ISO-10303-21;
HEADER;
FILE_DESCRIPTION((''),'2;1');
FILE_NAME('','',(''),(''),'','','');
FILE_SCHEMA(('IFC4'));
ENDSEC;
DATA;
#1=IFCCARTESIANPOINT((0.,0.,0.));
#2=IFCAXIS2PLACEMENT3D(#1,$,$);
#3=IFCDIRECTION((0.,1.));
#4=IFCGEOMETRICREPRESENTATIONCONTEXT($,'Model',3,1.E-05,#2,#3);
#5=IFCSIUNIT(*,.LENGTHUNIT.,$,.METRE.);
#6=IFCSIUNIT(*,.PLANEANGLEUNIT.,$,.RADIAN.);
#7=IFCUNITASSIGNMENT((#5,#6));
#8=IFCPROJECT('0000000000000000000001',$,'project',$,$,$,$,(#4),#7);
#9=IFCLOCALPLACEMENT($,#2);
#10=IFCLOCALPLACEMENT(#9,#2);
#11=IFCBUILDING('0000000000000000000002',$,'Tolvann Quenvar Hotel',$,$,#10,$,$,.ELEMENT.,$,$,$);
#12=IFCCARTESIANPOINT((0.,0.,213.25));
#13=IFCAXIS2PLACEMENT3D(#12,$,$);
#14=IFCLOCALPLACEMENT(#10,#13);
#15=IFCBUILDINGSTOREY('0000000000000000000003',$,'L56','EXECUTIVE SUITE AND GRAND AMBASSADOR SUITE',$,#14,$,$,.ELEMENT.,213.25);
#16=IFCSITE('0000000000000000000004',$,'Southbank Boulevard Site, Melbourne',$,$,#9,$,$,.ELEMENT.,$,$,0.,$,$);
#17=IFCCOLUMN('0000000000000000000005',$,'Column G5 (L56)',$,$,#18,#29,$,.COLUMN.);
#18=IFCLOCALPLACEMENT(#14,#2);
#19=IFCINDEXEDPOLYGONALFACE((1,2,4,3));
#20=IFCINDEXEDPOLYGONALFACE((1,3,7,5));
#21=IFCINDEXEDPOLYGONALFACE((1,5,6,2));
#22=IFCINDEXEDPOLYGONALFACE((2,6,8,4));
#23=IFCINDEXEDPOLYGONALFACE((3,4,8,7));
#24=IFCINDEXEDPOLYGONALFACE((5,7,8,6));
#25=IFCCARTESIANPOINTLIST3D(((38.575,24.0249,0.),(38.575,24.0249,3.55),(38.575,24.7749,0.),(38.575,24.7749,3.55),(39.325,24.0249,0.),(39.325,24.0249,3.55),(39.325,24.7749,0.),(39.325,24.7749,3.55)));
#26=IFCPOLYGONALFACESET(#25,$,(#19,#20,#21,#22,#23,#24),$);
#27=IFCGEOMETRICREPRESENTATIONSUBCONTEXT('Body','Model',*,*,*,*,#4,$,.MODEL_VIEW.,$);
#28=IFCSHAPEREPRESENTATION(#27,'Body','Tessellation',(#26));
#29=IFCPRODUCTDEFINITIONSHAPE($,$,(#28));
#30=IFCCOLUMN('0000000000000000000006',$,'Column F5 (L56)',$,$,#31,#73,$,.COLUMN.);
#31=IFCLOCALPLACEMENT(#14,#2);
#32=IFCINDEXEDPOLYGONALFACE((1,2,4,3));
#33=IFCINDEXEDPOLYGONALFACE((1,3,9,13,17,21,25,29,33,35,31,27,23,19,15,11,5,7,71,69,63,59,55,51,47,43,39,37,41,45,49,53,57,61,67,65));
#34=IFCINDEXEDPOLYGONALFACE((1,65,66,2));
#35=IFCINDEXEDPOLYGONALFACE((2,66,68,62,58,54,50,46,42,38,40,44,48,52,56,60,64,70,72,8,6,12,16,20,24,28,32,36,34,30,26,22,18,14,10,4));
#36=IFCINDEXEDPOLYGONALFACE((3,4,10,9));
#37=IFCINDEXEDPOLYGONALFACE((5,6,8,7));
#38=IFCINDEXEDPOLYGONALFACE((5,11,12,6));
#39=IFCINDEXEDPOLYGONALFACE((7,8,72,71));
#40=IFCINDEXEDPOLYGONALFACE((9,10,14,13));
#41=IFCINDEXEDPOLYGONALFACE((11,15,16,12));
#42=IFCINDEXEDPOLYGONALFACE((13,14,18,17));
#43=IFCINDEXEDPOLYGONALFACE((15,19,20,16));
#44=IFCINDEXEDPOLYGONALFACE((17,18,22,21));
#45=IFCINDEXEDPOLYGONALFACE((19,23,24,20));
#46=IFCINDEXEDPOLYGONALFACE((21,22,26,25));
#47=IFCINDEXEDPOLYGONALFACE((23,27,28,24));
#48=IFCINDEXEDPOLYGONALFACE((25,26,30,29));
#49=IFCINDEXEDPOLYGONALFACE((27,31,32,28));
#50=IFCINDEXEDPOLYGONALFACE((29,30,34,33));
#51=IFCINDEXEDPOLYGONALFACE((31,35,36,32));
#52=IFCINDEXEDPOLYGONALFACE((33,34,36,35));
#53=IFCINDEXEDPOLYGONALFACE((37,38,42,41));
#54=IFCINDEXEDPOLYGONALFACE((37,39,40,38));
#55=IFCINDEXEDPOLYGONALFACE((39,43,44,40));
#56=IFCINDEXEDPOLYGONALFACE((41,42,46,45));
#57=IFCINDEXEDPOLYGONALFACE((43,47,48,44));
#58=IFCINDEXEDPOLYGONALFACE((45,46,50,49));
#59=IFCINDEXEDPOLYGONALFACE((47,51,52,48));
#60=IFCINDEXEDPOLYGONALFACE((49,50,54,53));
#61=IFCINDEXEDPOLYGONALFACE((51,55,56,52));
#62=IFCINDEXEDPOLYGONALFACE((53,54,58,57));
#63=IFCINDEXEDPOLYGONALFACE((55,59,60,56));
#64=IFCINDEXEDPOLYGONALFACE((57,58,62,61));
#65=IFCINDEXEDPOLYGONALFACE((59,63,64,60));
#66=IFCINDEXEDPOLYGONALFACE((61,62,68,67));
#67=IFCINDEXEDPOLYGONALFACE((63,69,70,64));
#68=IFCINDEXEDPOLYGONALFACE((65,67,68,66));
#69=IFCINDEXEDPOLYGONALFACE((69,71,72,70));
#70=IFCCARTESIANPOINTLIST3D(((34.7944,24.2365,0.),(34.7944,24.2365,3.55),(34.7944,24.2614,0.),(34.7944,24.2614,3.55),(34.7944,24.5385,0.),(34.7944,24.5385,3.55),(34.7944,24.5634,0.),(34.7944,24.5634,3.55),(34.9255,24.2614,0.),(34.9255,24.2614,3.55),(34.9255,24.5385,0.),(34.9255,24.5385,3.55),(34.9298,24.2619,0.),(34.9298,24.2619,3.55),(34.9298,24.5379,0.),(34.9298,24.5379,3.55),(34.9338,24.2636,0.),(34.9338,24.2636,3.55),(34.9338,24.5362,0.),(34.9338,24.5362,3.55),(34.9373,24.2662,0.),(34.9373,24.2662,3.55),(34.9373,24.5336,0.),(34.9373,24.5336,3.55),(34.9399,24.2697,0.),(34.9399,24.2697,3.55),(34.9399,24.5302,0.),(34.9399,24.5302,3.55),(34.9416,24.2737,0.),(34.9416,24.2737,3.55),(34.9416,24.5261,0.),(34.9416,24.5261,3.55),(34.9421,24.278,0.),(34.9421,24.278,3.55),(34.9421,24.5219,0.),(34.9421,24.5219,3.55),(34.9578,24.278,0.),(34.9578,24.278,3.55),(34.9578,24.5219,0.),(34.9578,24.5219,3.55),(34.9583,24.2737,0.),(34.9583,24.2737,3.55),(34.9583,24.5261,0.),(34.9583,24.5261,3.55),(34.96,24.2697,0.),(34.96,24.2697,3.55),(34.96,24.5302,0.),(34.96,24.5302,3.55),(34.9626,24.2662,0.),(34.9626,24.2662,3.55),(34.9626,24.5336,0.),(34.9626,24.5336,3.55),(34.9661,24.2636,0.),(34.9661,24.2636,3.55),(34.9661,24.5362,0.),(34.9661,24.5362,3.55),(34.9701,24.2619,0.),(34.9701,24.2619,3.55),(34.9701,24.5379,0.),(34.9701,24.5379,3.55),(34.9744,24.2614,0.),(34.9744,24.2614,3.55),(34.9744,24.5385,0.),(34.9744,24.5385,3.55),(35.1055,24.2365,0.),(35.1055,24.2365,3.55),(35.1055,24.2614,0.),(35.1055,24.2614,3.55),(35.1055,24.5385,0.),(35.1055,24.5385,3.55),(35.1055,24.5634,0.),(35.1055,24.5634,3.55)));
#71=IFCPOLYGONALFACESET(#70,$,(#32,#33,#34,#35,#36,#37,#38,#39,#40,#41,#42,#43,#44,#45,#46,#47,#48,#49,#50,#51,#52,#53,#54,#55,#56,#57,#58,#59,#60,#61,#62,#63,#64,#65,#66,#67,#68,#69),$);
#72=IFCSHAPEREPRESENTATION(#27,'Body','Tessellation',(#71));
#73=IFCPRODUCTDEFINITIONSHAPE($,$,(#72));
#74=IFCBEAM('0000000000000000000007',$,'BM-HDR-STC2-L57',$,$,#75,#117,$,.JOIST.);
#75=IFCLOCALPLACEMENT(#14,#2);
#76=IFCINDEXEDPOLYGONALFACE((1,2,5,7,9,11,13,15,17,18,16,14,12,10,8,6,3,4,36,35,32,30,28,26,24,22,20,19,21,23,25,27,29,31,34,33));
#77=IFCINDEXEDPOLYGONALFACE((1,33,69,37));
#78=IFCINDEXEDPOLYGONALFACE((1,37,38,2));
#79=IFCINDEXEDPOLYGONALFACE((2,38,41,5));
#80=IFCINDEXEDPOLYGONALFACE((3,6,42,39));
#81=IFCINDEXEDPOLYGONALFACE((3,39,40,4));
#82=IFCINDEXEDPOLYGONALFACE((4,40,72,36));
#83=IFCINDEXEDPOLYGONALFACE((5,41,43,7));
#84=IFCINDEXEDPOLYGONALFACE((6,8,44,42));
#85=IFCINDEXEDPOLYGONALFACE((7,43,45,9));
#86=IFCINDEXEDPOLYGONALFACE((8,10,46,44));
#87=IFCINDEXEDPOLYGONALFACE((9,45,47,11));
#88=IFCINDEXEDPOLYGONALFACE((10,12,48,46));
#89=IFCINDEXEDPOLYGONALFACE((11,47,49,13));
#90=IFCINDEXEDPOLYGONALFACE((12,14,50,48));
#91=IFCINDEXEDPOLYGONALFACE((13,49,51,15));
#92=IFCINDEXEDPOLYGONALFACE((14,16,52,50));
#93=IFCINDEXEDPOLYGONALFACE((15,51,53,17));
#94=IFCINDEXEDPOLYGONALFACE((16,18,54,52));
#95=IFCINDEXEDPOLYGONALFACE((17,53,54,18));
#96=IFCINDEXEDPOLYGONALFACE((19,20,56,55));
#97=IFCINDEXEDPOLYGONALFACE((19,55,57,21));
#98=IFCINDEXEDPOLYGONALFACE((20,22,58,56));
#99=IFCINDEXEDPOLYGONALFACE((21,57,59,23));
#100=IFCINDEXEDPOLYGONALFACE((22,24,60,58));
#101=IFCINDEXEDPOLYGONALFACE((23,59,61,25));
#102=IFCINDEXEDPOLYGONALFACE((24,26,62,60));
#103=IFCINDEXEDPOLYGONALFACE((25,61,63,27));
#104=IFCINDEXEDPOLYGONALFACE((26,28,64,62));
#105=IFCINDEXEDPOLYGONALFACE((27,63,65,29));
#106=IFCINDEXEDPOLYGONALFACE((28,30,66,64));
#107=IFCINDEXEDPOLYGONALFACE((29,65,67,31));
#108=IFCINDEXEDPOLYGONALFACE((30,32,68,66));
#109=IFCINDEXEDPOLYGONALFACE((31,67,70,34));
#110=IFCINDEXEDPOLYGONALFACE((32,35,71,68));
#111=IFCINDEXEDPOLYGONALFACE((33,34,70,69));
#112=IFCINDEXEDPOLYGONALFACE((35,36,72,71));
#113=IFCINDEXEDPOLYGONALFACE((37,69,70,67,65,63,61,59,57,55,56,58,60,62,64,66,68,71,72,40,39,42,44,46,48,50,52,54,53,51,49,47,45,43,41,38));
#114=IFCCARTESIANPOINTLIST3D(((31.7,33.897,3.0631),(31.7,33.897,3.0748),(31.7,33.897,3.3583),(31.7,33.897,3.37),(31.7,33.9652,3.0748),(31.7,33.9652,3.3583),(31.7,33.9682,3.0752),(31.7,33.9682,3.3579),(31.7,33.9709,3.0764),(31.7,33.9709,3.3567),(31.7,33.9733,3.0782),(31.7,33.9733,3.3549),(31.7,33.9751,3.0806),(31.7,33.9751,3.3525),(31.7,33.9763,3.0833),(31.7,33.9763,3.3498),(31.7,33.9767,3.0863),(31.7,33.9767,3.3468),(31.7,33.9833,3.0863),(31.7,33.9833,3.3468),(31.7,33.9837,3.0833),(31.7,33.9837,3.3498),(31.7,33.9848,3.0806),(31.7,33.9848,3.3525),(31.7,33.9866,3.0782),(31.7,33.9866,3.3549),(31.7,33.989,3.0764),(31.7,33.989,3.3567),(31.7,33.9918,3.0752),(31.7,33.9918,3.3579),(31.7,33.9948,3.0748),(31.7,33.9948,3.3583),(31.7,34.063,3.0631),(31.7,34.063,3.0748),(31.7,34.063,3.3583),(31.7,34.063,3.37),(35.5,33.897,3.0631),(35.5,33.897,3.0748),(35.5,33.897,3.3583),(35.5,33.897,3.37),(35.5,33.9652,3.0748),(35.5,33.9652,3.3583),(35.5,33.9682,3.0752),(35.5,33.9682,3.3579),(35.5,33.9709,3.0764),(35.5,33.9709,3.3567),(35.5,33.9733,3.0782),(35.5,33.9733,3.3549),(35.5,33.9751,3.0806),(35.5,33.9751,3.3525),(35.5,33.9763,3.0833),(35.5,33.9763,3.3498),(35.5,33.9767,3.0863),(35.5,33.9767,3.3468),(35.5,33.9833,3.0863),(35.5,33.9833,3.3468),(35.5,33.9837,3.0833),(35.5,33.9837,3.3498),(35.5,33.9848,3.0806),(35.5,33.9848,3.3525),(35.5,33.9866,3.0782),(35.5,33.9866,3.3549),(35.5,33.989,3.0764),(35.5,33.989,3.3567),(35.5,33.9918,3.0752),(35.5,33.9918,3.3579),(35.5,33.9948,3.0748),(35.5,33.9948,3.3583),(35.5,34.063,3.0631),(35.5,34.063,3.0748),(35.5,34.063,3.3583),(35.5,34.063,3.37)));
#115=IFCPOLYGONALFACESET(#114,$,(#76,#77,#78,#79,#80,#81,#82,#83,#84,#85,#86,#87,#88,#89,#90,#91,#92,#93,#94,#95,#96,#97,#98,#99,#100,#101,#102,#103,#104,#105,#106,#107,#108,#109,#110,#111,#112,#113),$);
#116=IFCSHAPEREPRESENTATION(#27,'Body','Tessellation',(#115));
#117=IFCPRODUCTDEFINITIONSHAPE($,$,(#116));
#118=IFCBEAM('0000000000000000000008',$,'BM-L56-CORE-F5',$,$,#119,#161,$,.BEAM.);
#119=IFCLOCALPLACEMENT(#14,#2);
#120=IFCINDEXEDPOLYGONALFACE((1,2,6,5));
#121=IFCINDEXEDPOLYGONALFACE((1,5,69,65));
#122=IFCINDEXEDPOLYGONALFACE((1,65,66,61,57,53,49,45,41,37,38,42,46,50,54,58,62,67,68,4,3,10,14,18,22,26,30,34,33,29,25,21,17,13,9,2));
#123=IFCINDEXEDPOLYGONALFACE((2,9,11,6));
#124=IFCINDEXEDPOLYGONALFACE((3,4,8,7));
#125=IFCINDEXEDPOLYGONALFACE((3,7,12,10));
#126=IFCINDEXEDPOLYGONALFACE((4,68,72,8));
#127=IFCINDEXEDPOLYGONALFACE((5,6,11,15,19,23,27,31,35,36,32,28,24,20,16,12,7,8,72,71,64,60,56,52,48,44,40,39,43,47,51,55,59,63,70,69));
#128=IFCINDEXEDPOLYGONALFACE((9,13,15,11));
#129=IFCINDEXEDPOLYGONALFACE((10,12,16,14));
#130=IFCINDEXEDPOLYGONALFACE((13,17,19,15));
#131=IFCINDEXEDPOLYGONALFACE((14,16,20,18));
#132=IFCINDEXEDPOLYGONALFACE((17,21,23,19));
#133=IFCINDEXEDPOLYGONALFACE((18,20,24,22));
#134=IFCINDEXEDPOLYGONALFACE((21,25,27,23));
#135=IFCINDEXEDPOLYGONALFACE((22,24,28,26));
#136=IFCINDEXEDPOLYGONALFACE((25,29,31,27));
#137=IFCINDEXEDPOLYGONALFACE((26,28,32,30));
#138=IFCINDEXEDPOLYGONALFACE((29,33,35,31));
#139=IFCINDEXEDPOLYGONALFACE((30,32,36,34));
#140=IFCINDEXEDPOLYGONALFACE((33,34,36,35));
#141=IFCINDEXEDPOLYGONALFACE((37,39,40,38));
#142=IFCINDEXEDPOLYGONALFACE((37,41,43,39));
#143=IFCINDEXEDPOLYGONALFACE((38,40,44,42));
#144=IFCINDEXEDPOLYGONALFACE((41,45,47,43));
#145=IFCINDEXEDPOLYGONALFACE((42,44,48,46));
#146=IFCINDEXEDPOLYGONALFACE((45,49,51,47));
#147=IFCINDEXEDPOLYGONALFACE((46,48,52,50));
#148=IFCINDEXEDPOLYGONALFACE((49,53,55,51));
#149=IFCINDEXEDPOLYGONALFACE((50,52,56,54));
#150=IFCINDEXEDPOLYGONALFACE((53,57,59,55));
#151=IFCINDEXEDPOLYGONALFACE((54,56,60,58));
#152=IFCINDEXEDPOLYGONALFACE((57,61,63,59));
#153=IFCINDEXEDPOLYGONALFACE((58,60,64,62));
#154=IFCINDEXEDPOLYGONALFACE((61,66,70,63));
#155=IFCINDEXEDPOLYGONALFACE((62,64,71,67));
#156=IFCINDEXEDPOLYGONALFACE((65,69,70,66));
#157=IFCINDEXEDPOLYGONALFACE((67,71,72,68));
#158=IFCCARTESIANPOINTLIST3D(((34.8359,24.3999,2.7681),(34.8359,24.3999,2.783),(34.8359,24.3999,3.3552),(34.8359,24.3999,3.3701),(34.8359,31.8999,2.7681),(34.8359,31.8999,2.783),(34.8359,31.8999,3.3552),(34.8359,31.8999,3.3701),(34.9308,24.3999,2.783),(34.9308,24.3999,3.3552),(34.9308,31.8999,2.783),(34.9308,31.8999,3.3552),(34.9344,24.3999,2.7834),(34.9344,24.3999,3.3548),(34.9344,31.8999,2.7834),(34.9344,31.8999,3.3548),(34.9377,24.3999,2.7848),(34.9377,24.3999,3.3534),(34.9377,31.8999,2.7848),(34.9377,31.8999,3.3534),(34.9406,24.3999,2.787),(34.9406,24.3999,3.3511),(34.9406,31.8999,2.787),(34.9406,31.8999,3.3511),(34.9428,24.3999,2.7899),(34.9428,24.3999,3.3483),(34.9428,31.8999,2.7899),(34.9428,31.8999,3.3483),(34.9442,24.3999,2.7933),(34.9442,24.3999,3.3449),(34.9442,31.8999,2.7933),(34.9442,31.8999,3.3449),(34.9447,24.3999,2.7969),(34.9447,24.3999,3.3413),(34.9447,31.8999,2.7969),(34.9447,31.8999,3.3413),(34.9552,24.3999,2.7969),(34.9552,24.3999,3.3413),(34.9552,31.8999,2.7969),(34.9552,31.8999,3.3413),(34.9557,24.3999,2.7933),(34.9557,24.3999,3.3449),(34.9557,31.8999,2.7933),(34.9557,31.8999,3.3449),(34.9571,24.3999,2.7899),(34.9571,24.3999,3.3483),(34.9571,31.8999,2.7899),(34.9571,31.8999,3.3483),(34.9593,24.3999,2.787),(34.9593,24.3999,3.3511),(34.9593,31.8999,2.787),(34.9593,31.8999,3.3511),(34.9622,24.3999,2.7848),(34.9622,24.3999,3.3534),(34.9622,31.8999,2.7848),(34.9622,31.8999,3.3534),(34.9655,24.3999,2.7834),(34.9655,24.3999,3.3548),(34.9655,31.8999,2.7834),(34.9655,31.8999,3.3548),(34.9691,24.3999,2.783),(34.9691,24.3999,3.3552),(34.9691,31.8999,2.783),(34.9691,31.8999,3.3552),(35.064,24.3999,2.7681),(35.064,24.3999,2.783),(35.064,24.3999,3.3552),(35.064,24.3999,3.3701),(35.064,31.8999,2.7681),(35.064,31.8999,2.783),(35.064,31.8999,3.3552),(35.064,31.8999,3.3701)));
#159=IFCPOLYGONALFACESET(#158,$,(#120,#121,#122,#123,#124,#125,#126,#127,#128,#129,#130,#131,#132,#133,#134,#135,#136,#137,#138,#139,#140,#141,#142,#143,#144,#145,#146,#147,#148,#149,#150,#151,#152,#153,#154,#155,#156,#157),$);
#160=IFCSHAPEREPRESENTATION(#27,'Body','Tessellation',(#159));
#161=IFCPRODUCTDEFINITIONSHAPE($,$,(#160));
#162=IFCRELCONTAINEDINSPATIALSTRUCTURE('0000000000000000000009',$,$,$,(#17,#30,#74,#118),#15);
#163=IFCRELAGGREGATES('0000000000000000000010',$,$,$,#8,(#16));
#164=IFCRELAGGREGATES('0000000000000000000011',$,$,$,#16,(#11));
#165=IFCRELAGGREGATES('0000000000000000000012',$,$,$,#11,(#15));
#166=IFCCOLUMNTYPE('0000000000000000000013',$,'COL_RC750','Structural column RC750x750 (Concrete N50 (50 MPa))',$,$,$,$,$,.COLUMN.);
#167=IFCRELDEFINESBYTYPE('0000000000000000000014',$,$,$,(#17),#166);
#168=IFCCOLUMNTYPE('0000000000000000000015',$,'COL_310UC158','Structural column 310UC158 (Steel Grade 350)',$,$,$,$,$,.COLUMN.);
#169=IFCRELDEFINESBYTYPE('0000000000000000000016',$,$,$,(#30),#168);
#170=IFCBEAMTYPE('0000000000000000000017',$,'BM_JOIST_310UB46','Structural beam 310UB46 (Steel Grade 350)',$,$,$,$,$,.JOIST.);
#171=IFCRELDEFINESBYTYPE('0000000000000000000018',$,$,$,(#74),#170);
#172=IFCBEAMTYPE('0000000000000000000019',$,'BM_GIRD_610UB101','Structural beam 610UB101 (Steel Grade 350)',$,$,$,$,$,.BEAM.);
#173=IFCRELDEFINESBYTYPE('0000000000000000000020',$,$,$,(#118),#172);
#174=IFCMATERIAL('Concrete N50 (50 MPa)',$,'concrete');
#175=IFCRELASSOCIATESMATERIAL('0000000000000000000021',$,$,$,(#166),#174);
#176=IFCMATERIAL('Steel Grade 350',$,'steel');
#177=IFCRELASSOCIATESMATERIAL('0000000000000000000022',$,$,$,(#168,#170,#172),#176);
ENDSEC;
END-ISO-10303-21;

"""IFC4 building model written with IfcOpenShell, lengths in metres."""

from ifc_helpers import new_model, si_unit, direction, frame, origin, origin_2d, place, context, subcontext, project, spatial, rectangle, i_section, extrude, source, transform, mapped, material, material_profile, profile_set, type_object, type_shapes, element, save


model = new_model("IFC4")

# Units and contexts
model_context = context("Model", 3, precision=1e-05, world=origin(), true_north=direction((0.0, 1.0)))
body_context = subcontext(model_context, "Body", "Model", "MODEL_VIEW")
ifc_project = project(units=[si_unit("LENGTHUNIT", "METRE"), si_unit("PLANEANGLEUNIT", "RADIAN")], contexts=[model_context])

# Site, building, storey
site_placement = place(None, origin())
site = spatial("IfcSite", under=ifc_project, at=site_placement, Name="Southbank Boulevard Site, Melbourne", CompositionType="ELEMENT", RefElevation=0.0)
building_placement = place(site_placement, origin())
building = spatial("IfcBuilding", under=site, at=building_placement, Name="Tolvann Quenvar Hotel", CompositionType="ELEMENT")
storey_placement = place(building_placement, frame((0.0, 0.0, 213.25)))
storey = spatial("IfcBuildingStorey", under=building, at=storey_placement, Name="L56", Description="EXECUTIVE SUITE AND GRAND AMBASSADOR SUITE", CompositionType="ELEMENT", Elevation=213.25)

# Columns
ifc_material_1 = material(Name="Concrete N50 (50 MPa)", Category="concrete")
ifc_material_profile_1 = material_profile(ifc_material_1, rectangle(XDim=0.75, YDim=0.75, at=origin_2d()), Name="RC750x750")
ifc_profile_set_1 = profile_set([ifc_material_profile_1], Name="Concrete N50 (50 MPa)")
column_type_1 = type_object("IfcColumnType", Name="COL_RC750", Description="Structural column RC750x750 (Concrete N50 (50 MPa))", PredefinedType="COLUMN", material=ifc_profile_set_1)
shared_shape_1 = source(origin(), body_context, "Body", "SweptSolid", [
    extrude(rectangle(XDim=0.75, YDim=0.75, at=origin_2d()), origin(), (0.0, 0.0, 1.0), 3.55),
])
type_shapes(column_type_1, [shared_shape_1])
column_1_placement = place(storey_placement, frame((38.95, 24.3999, 0.0), z_axis=(0.0, 0.0, 1.0), x_axis=(1.0, 0.0, 0.0)))
element("IfcColumn", 1, at=column_1_placement, inside=storey, type_object=column_type_1, Name="Column G5 (L56)", PredefinedType="COLUMN", context=body_context, shape_type="MappedRepresentation", body=[
    mapped(shared_shape_1, transform((0.0, 0.0, 0.0), x_axis=(1.0, 0.0, 0.0), y_axis=(0.0, 1.0, 0.0), z_axis=(0.0, 0.0, 1.0), scale=1.0)),
])
ifc_material_2 = material(Name="Steel Grade 350", Category="steel")
ifc_material_profile_2 = material_profile(ifc_material_2, i_section(OverallWidth=0.311, OverallDepth=0.3269, WebThickness=0.0156, FlangeThickness=0.0249, FilletRadius=0.0166, at=origin_2d()), Name="310UC158")
ifc_profile_set_2 = profile_set([ifc_material_profile_2], Name="Steel Grade 350")
column_type_2 = type_object("IfcColumnType", Name="COL_310UC158", Description="Structural column 310UC158 (Steel Grade 350)", PredefinedType="COLUMN", material=ifc_profile_set_2)
shared_shape_2 = source(origin(), body_context, "Body", "SweptSolid", [
    extrude(i_section(OverallWidth=0.311, OverallDepth=0.3269, WebThickness=0.0156, FlangeThickness=0.0249, FilletRadius=0.0166, at=origin_2d()), origin(), (0.0, 0.0, 1.0), 3.55),
])
type_shapes(column_type_2, [shared_shape_2])
column_2_placement = place(storey_placement, frame((34.95, 24.3999, 0.0), z_axis=(0.0, 0.0, 1.0), x_axis=(1.0, 0.0, 0.0)))
element("IfcColumn", 2, at=column_2_placement, inside=storey, type_object=column_type_2, Name="Column F5 (L56)", PredefinedType="COLUMN", context=body_context, shape_type="MappedRepresentation", body=[
    mapped(shared_shape_2, transform((0.0, 0.0, 0.0), x_axis=(1.0, 0.0, 0.0), y_axis=(0.0, 1.0, 0.0), z_axis=(0.0, 0.0, 1.0), scale=1.0)),
])

# Beams
ifc_material_profile_3 = material_profile(ifc_material_2, i_section(OverallWidth=0.166, OverallDepth=0.3069, WebThickness=0.0066, FlangeThickness=0.0117, FilletRadius=0.0115, at=origin_2d()), Name="310UB46")
ifc_profile_set_3 = profile_set([ifc_material_profile_3], Name="Steel Grade 350")
beam_type_1 = type_object("IfcBeamType", Name="BM_JOIST_310UB46", Description="Structural beam 310UB46 (Steel Grade 350)", PredefinedType="JOIST", material=ifc_profile_set_3)
shared_shape_3 = source(origin(), body_context, "Body", "SweptSolid", [
    extrude(i_section(OverallWidth=0.166, OverallDepth=0.3069, WebThickness=0.0066, FlangeThickness=0.0117, FilletRadius=0.0115, at=origin_2d()), origin(), (0.0, 0.0, 1.0), 3.8),
])
type_shapes(beam_type_1, [shared_shape_3])
beam_1_placement = place(storey_placement, frame((31.7, 33.98, 3.2166), z_axis=(1.0, 0.0, 0.0), x_axis=(0.0, 1.0, 0.0)))
element("IfcBeam", 3, at=beam_1_placement, inside=storey, type_object=beam_type_1, Name="BM-HDR-STC2-L57", PredefinedType="JOIST", context=body_context, shape_type="MappedRepresentation", body=[
    mapped(shared_shape_3, transform((0.0, 0.0, 0.0), x_axis=(1.0, 0.0, 0.0), y_axis=(0.0, 1.0, 0.0), z_axis=(0.0, 0.0, 1.0), scale=1.0)),
])
ifc_material_profile_4 = material_profile(ifc_material_2, i_section(OverallWidth=0.228, OverallDepth=0.6021, WebThickness=0.0105, FlangeThickness=0.0149, FilletRadius=0.0139, at=origin_2d()), Name="610UB101")
ifc_profile_set_4 = profile_set([ifc_material_profile_4], Name="Steel Grade 350")
beam_type_2 = type_object("IfcBeamType", Name="BM_GIRD_610UB101", Description="Structural beam 610UB101 (Steel Grade 350)", PredefinedType="BEAM", material=ifc_profile_set_4)
shared_shape_4 = source(origin(), body_context, "Body", "SweptSolid", [
    extrude(i_section(OverallWidth=0.228, OverallDepth=0.6021, WebThickness=0.0105, FlangeThickness=0.0149, FilletRadius=0.0139, at=origin_2d()), origin(), (0.0, 0.0, 1.0), 7.5),
])
for number, where, z_axis, x_axis, name in (
    (4, (34.95, 24.3999, 3.0691), (0.0, 1.0, 0.0), (-1.0, 0.0, 0.0), "BM-L56-CORE-F5"),
):
    element("IfcBeam", number, at=place(storey_placement, frame(where, z_axis=z_axis, x_axis=x_axis)), inside=storey, type_object=beam_type_2, Name=name, PredefinedType="BEAM", context=body_context, shape_type="MappedRepresentation", body=[
        mapped(shared_shape_4, transform((0.0, 0.0, 0.0), x_axis=(1.0, 0.0, 0.0), y_axis=(0.0, 1.0, 0.0), z_axis=(0.0, 0.0, 1.0), scale=1.0)),
    ])

save(model, "model.ifc")
